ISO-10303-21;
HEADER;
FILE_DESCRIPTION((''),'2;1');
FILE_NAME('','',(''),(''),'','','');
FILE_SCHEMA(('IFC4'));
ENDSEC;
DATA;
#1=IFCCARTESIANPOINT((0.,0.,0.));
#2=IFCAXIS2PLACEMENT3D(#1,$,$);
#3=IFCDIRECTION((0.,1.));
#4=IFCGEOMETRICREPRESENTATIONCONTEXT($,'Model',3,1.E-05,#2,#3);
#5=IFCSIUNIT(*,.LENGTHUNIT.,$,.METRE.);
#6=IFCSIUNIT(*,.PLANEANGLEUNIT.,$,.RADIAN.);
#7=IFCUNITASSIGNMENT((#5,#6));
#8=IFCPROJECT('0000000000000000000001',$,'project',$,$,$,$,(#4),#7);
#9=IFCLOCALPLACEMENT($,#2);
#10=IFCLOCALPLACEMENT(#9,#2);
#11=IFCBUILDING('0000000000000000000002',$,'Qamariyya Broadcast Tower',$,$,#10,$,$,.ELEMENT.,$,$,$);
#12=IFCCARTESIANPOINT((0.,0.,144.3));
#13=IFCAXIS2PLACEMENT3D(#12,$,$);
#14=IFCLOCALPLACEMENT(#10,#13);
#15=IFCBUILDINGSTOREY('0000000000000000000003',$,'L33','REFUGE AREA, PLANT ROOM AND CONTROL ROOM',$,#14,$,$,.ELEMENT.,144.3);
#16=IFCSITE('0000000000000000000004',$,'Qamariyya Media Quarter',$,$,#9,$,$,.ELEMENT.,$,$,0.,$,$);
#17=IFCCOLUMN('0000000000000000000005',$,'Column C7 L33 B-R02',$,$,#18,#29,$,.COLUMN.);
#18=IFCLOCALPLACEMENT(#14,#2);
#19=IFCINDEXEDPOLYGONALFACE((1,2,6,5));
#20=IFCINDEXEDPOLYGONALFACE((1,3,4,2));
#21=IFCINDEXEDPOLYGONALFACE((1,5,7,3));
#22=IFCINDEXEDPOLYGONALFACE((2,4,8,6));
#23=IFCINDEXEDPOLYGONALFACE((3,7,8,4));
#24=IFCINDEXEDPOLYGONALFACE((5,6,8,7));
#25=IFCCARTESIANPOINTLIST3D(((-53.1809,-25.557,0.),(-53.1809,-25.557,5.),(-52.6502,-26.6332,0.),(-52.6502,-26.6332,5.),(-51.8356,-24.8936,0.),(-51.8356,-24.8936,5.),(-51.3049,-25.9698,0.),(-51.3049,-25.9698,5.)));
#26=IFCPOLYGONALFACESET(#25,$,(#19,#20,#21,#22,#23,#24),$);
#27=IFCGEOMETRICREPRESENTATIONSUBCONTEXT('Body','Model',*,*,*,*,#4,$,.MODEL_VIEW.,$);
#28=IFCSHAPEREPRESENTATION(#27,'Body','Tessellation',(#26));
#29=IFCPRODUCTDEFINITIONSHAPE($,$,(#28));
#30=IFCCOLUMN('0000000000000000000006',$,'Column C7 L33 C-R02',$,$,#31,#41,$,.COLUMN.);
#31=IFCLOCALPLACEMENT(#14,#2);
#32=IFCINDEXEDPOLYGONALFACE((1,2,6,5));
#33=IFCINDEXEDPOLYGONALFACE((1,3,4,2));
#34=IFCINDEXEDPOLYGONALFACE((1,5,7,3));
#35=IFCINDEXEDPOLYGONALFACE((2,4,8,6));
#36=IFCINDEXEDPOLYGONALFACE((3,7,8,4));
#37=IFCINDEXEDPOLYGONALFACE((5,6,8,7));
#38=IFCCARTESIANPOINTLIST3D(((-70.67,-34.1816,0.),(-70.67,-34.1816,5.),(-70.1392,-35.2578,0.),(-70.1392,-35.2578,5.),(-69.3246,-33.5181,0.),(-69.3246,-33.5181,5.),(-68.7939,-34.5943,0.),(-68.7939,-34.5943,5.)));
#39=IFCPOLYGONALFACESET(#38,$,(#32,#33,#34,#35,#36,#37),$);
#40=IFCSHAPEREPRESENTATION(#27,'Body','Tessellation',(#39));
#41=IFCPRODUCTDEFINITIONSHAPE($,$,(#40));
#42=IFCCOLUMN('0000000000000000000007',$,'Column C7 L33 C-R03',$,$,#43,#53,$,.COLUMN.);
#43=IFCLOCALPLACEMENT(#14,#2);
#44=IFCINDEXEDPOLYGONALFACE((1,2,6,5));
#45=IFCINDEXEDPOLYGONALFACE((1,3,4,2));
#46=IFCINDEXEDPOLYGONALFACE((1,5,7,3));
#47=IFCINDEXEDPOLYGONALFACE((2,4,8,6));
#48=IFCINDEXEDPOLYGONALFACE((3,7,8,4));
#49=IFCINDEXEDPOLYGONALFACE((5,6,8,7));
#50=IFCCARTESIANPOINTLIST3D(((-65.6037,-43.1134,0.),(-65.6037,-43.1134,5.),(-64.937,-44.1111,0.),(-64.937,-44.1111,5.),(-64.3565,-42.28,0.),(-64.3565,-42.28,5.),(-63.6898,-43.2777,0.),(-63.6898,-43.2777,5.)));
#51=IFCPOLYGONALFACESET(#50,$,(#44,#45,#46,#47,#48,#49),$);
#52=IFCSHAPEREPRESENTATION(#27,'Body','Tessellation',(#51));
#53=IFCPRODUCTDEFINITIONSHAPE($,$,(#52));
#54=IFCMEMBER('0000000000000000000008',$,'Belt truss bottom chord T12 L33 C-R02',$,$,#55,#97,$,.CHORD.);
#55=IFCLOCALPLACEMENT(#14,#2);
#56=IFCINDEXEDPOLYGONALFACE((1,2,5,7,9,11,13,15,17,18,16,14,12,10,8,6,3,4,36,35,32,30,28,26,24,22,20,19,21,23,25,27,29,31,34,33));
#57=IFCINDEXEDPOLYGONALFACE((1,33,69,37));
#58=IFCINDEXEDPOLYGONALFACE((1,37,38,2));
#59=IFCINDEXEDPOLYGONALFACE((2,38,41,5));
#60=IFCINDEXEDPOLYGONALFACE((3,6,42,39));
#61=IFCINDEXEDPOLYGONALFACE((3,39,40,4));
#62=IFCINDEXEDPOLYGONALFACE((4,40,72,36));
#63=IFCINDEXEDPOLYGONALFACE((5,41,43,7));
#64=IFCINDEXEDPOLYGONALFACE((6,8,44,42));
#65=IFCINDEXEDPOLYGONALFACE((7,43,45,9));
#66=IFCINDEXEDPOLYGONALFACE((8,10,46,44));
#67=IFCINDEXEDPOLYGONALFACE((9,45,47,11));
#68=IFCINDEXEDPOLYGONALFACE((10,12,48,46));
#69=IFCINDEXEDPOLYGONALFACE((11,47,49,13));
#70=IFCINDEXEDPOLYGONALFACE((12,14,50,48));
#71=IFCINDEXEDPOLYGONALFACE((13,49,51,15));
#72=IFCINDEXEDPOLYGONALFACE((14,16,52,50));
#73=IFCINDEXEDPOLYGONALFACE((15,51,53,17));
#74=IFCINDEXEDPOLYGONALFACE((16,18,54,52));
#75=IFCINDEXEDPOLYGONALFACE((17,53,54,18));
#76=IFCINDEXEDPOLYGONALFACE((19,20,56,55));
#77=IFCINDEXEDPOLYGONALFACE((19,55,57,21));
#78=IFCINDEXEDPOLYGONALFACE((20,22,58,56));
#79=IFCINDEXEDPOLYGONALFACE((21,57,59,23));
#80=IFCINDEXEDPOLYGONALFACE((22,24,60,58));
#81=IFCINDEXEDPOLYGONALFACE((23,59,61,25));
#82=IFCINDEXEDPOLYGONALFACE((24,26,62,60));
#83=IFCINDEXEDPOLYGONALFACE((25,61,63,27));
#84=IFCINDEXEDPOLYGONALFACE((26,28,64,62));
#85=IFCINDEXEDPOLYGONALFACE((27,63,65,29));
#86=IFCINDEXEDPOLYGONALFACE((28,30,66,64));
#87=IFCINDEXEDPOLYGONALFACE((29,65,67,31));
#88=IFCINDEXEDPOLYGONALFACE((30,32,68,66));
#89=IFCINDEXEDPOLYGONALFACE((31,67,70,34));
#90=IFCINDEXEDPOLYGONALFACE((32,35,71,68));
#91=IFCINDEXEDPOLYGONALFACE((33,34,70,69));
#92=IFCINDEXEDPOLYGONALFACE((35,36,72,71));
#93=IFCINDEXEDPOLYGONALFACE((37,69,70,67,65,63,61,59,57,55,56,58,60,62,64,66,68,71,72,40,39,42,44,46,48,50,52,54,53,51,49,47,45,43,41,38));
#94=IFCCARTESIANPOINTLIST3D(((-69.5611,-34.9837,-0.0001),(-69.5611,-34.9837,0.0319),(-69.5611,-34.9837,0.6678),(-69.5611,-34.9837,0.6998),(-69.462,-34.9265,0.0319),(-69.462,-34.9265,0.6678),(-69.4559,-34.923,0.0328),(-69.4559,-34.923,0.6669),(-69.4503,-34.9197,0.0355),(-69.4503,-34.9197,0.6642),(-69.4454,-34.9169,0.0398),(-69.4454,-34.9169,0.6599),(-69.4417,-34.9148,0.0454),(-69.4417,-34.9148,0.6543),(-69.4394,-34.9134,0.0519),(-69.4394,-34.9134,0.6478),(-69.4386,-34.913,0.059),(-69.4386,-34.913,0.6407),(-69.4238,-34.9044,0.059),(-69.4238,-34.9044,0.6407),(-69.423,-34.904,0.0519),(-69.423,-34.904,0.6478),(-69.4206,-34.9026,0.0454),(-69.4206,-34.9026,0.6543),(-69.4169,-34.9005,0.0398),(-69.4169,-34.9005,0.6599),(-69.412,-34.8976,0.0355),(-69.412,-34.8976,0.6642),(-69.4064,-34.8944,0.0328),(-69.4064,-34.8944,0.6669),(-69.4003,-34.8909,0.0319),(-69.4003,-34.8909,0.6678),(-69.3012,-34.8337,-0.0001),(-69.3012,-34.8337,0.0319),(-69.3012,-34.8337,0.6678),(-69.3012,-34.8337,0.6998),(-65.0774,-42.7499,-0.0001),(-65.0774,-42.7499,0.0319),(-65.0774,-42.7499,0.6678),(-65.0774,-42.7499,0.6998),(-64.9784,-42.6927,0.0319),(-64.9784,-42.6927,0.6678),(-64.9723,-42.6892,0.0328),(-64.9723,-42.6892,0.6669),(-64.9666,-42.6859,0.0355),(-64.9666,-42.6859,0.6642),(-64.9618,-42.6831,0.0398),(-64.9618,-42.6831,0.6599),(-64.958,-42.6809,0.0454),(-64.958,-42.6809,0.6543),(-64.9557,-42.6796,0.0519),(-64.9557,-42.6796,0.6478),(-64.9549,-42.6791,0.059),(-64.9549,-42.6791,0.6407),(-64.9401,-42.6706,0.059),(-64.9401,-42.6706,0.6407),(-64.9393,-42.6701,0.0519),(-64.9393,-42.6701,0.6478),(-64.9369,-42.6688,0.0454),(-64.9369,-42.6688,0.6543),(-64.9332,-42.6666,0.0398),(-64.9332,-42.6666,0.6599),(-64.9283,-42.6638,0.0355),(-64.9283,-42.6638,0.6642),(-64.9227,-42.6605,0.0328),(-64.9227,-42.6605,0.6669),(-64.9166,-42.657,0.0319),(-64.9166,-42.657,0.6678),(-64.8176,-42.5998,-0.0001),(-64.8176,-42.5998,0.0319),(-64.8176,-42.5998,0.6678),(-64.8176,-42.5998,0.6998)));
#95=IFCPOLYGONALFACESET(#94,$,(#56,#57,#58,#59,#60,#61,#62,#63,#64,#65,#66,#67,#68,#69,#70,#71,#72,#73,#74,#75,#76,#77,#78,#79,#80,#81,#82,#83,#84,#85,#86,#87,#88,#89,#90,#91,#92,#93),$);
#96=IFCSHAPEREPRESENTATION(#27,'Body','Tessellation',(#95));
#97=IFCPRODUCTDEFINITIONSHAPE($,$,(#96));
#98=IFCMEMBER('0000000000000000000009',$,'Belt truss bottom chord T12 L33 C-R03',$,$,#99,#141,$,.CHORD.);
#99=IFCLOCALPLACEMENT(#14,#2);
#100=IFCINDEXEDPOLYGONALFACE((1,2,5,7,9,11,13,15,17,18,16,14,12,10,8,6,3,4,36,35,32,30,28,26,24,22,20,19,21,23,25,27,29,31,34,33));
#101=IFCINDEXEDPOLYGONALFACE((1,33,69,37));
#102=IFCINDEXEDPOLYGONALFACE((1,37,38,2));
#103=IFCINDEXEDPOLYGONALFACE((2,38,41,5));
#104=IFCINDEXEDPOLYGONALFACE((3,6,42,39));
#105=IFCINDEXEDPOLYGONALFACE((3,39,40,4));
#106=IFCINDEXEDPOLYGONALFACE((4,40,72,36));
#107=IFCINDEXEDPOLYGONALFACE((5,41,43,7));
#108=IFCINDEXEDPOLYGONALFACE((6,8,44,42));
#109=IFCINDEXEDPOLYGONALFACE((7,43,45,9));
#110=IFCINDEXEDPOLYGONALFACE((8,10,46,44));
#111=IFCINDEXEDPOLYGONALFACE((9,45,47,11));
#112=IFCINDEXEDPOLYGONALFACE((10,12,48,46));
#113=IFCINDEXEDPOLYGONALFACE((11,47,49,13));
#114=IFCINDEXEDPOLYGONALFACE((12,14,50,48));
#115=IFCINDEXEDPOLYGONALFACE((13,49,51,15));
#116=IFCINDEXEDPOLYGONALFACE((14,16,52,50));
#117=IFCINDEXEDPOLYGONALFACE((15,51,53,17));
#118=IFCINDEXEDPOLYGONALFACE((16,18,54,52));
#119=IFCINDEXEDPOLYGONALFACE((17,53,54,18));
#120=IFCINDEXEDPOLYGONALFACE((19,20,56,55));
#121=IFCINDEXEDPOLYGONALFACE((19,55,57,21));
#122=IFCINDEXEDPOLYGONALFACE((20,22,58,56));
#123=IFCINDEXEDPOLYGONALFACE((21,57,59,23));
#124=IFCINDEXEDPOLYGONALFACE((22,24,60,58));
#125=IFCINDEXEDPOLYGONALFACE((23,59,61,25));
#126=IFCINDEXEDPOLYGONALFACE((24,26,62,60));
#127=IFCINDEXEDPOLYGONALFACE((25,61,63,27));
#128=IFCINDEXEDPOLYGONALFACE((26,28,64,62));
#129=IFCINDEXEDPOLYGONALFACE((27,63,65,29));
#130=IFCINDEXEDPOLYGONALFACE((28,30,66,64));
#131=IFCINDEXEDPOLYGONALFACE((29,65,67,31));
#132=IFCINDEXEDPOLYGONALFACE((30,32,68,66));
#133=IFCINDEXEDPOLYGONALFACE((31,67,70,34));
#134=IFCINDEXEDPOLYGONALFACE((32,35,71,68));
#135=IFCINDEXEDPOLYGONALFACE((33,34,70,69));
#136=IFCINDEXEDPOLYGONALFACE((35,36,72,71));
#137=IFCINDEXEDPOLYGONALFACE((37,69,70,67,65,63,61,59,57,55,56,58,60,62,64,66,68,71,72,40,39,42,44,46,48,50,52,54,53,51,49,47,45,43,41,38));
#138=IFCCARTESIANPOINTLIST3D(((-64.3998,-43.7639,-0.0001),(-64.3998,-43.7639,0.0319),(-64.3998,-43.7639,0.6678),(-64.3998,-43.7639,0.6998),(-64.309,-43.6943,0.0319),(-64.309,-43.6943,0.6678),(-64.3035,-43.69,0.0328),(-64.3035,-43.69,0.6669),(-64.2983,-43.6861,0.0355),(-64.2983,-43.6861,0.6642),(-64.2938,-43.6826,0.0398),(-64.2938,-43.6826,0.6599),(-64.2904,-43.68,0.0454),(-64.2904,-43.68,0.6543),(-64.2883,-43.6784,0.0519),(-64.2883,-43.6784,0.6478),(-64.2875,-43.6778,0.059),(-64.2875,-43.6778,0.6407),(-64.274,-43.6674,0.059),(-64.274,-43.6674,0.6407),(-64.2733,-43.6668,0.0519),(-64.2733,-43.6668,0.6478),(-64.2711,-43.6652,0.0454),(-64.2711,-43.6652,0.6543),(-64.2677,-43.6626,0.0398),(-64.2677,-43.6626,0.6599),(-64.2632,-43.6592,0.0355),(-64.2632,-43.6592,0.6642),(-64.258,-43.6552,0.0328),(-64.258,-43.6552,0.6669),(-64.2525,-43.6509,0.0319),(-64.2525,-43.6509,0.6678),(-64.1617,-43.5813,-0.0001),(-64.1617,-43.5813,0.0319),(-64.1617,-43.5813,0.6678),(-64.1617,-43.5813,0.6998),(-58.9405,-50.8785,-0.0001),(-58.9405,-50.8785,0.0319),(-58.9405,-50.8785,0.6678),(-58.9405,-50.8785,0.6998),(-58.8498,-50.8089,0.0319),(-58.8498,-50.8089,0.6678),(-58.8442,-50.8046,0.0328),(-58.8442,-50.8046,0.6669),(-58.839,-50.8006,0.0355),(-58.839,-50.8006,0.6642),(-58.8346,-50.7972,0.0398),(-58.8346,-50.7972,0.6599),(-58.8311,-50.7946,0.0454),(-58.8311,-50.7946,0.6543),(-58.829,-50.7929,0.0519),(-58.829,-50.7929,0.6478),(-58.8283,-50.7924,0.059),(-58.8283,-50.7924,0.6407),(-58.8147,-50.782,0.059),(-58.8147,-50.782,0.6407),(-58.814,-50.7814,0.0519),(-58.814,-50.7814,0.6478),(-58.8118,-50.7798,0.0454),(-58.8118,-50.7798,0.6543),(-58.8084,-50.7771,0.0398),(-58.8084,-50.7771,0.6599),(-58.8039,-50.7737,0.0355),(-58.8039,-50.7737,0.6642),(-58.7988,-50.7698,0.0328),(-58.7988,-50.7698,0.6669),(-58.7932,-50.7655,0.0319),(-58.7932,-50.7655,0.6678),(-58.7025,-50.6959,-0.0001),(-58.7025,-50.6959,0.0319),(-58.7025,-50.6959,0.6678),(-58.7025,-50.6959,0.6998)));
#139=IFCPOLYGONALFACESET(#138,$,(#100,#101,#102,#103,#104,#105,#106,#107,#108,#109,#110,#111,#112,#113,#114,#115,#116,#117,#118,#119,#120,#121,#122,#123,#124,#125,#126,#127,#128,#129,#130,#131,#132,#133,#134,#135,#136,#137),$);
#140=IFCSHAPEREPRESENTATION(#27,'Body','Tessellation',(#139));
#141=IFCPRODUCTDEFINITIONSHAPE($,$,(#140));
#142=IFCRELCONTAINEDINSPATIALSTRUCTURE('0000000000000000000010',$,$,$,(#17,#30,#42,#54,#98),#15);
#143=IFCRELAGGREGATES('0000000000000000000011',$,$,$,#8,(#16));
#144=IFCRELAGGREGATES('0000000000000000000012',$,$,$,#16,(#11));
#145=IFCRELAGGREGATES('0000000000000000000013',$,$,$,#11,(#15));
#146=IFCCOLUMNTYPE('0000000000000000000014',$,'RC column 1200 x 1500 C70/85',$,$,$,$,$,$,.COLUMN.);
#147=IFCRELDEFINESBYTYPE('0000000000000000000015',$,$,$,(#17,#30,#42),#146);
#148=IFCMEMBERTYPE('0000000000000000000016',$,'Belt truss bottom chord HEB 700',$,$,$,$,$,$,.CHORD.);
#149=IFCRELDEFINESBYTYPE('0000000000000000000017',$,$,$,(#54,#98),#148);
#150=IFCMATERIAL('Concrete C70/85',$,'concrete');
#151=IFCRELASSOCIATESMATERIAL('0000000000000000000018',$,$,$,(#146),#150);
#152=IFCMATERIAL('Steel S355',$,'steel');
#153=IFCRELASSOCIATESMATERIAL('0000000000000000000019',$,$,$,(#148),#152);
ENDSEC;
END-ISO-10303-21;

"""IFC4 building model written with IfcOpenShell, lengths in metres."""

from ifc_helpers import new_model, si_unit, direction, frame, origin, origin_2d, place, context, subcontext, project, spatial, rectangle, i_section, extrude, material, material_profile, profile_set, type_object, element, save


model = new_model("IFC4")

# Units and contexts
model_context = context("Model", 3, precision=1e-05, world=origin(), true_north=direction((0.0, 1.0)))
body_context = subcontext(model_context, "Body", "Model", "MODEL_VIEW")
ifc_project = project(units=[si_unit("LENGTHUNIT", "METRE"), si_unit("PLANEANGLEUNIT", "RADIAN")], contexts=[model_context])

# Site, building, storey
site_placement = place(None, origin())
site = spatial("IfcSite", under=ifc_project, at=site_placement, Name="Qamariyya Media Quarter", CompositionType="ELEMENT", RefElevation=0.0)
building_placement = place(site_placement, origin())
building = spatial("IfcBuilding", under=site, at=building_placement, Name="Qamariyya Broadcast Tower", CompositionType="ELEMENT")
storey_placement = place(building_placement, frame((0.0, 0.0, 144.3)))
storey = spatial("IfcBuildingStorey", under=building, at=storey_placement, Name="L33", Description="REFUGE AREA, PLANT ROOM AND CONTROL ROOM", CompositionType="ELEMENT", Elevation=144.3)

# Columns
ifc_material_1 = material(Name="Concrete C70/85", Category="concrete")
ifc_material_profile_1 = material_profile(ifc_material_1, rectangle(XDim=1.2, YDim=1.5, at=origin_2d()))
ifc_profile_set_1 = profile_set([ifc_material_profile_1], Name="Concrete C70/85")
column_type = type_object("IfcColumnType", Name="RC column 1200 x 1500 C70/85", PredefinedType="COLUMN", material=ifc_profile_set_1)
for number, where, z_axis, x_axis, name in (
    (1, (-52.2429, -25.7634, 0.0), (0.0, 0.0, 1.0), (0.442289, -0.896873, 0.0), "Column C7 L33 B-R02"),
    (2, (-69.7319, -34.3879, 0.0), (0.0, 0.0, 1.0), (0.442289, -0.896873, 0.0), "Column C7 L33 C-R02"),
    (3, (-64.6467, -43.1956, 0.0), (0.0, 0.0, 1.0), (0.55557, -0.83147, 0.0), "Column C7 L33 C-R03"),
):
    element("IfcColumn", number, at=place(storey_placement, frame(where, z_axis=z_axis, x_axis=x_axis)), inside=storey, type_object=column_type, Name=name, PredefinedType="COLUMN", context=body_context, shape_type="SweptSolid", body=[
        extrude(rectangle(XDim=1.2, YDim=1.5, at=origin_2d()), origin(), (0.0, 0.0, 1.0), 5.0),
    ])

# Members
ifc_material_2 = material(Name="Steel S355", Category="steel")
ifc_material_profile_2 = material_profile(ifc_material_2, i_section(OverallWidth=0.3, OverallDepth=0.7, WebThickness=0.0171, FlangeThickness=0.032, FilletRadius=0.0271, at=origin_2d()))
ifc_profile_set_2 = profile_set([ifc_material_profile_2], Name="Steel S355")
member_type_1 = type_object("IfcMemberType", Name="Belt truss bottom chord HEB 700", PredefinedType="CHORD", material=ifc_profile_set_2)
member_1_placement = place(storey_placement, frame((-69.4312, -34.9087, 0.3499), z_axis=(0.49999, -0.866031, 0.0), x_axis=(0.866031, 0.49999, 0.0)))
element("IfcMember", 4, at=member_1_placement, inside=storey, type_object=member_type_1, Name="Belt truss bottom chord T12 L33 C-R02", PredefinedType="CHORD", context=body_context, shape_type="SweptSolid", body=[
    extrude(i_section(OverallWidth=0.3, OverallDepth=0.7, WebThickness=0.0171, FlangeThickness=0.032, FilletRadius=0.0271, at=origin_2d()), origin(), (0.0, 0.0, 1.0), 8.9675),
])
member_2_placement = place(storey_placement, frame((-64.2808, -43.6726, 0.3499), z_axis=(0.608767, -0.793349, 0.0), x_axis=(0.793349, 0.608767, 0.0)))
element("IfcMember", 5, at=member_2_placement, inside=storey, type_object=member_type_1, Name="Belt truss bottom chord T12 L33 C-R03", PredefinedType="CHORD", context=body_context, shape_type="SweptSolid", body=[
    extrude(i_section(OverallWidth=0.3, OverallDepth=0.7, WebThickness=0.0171, FlangeThickness=0.032, FilletRadius=0.0271, at=origin_2d()), origin(), (0.0, 0.0, 1.0), 8.9678),
])

save(model, "model.ifc")
